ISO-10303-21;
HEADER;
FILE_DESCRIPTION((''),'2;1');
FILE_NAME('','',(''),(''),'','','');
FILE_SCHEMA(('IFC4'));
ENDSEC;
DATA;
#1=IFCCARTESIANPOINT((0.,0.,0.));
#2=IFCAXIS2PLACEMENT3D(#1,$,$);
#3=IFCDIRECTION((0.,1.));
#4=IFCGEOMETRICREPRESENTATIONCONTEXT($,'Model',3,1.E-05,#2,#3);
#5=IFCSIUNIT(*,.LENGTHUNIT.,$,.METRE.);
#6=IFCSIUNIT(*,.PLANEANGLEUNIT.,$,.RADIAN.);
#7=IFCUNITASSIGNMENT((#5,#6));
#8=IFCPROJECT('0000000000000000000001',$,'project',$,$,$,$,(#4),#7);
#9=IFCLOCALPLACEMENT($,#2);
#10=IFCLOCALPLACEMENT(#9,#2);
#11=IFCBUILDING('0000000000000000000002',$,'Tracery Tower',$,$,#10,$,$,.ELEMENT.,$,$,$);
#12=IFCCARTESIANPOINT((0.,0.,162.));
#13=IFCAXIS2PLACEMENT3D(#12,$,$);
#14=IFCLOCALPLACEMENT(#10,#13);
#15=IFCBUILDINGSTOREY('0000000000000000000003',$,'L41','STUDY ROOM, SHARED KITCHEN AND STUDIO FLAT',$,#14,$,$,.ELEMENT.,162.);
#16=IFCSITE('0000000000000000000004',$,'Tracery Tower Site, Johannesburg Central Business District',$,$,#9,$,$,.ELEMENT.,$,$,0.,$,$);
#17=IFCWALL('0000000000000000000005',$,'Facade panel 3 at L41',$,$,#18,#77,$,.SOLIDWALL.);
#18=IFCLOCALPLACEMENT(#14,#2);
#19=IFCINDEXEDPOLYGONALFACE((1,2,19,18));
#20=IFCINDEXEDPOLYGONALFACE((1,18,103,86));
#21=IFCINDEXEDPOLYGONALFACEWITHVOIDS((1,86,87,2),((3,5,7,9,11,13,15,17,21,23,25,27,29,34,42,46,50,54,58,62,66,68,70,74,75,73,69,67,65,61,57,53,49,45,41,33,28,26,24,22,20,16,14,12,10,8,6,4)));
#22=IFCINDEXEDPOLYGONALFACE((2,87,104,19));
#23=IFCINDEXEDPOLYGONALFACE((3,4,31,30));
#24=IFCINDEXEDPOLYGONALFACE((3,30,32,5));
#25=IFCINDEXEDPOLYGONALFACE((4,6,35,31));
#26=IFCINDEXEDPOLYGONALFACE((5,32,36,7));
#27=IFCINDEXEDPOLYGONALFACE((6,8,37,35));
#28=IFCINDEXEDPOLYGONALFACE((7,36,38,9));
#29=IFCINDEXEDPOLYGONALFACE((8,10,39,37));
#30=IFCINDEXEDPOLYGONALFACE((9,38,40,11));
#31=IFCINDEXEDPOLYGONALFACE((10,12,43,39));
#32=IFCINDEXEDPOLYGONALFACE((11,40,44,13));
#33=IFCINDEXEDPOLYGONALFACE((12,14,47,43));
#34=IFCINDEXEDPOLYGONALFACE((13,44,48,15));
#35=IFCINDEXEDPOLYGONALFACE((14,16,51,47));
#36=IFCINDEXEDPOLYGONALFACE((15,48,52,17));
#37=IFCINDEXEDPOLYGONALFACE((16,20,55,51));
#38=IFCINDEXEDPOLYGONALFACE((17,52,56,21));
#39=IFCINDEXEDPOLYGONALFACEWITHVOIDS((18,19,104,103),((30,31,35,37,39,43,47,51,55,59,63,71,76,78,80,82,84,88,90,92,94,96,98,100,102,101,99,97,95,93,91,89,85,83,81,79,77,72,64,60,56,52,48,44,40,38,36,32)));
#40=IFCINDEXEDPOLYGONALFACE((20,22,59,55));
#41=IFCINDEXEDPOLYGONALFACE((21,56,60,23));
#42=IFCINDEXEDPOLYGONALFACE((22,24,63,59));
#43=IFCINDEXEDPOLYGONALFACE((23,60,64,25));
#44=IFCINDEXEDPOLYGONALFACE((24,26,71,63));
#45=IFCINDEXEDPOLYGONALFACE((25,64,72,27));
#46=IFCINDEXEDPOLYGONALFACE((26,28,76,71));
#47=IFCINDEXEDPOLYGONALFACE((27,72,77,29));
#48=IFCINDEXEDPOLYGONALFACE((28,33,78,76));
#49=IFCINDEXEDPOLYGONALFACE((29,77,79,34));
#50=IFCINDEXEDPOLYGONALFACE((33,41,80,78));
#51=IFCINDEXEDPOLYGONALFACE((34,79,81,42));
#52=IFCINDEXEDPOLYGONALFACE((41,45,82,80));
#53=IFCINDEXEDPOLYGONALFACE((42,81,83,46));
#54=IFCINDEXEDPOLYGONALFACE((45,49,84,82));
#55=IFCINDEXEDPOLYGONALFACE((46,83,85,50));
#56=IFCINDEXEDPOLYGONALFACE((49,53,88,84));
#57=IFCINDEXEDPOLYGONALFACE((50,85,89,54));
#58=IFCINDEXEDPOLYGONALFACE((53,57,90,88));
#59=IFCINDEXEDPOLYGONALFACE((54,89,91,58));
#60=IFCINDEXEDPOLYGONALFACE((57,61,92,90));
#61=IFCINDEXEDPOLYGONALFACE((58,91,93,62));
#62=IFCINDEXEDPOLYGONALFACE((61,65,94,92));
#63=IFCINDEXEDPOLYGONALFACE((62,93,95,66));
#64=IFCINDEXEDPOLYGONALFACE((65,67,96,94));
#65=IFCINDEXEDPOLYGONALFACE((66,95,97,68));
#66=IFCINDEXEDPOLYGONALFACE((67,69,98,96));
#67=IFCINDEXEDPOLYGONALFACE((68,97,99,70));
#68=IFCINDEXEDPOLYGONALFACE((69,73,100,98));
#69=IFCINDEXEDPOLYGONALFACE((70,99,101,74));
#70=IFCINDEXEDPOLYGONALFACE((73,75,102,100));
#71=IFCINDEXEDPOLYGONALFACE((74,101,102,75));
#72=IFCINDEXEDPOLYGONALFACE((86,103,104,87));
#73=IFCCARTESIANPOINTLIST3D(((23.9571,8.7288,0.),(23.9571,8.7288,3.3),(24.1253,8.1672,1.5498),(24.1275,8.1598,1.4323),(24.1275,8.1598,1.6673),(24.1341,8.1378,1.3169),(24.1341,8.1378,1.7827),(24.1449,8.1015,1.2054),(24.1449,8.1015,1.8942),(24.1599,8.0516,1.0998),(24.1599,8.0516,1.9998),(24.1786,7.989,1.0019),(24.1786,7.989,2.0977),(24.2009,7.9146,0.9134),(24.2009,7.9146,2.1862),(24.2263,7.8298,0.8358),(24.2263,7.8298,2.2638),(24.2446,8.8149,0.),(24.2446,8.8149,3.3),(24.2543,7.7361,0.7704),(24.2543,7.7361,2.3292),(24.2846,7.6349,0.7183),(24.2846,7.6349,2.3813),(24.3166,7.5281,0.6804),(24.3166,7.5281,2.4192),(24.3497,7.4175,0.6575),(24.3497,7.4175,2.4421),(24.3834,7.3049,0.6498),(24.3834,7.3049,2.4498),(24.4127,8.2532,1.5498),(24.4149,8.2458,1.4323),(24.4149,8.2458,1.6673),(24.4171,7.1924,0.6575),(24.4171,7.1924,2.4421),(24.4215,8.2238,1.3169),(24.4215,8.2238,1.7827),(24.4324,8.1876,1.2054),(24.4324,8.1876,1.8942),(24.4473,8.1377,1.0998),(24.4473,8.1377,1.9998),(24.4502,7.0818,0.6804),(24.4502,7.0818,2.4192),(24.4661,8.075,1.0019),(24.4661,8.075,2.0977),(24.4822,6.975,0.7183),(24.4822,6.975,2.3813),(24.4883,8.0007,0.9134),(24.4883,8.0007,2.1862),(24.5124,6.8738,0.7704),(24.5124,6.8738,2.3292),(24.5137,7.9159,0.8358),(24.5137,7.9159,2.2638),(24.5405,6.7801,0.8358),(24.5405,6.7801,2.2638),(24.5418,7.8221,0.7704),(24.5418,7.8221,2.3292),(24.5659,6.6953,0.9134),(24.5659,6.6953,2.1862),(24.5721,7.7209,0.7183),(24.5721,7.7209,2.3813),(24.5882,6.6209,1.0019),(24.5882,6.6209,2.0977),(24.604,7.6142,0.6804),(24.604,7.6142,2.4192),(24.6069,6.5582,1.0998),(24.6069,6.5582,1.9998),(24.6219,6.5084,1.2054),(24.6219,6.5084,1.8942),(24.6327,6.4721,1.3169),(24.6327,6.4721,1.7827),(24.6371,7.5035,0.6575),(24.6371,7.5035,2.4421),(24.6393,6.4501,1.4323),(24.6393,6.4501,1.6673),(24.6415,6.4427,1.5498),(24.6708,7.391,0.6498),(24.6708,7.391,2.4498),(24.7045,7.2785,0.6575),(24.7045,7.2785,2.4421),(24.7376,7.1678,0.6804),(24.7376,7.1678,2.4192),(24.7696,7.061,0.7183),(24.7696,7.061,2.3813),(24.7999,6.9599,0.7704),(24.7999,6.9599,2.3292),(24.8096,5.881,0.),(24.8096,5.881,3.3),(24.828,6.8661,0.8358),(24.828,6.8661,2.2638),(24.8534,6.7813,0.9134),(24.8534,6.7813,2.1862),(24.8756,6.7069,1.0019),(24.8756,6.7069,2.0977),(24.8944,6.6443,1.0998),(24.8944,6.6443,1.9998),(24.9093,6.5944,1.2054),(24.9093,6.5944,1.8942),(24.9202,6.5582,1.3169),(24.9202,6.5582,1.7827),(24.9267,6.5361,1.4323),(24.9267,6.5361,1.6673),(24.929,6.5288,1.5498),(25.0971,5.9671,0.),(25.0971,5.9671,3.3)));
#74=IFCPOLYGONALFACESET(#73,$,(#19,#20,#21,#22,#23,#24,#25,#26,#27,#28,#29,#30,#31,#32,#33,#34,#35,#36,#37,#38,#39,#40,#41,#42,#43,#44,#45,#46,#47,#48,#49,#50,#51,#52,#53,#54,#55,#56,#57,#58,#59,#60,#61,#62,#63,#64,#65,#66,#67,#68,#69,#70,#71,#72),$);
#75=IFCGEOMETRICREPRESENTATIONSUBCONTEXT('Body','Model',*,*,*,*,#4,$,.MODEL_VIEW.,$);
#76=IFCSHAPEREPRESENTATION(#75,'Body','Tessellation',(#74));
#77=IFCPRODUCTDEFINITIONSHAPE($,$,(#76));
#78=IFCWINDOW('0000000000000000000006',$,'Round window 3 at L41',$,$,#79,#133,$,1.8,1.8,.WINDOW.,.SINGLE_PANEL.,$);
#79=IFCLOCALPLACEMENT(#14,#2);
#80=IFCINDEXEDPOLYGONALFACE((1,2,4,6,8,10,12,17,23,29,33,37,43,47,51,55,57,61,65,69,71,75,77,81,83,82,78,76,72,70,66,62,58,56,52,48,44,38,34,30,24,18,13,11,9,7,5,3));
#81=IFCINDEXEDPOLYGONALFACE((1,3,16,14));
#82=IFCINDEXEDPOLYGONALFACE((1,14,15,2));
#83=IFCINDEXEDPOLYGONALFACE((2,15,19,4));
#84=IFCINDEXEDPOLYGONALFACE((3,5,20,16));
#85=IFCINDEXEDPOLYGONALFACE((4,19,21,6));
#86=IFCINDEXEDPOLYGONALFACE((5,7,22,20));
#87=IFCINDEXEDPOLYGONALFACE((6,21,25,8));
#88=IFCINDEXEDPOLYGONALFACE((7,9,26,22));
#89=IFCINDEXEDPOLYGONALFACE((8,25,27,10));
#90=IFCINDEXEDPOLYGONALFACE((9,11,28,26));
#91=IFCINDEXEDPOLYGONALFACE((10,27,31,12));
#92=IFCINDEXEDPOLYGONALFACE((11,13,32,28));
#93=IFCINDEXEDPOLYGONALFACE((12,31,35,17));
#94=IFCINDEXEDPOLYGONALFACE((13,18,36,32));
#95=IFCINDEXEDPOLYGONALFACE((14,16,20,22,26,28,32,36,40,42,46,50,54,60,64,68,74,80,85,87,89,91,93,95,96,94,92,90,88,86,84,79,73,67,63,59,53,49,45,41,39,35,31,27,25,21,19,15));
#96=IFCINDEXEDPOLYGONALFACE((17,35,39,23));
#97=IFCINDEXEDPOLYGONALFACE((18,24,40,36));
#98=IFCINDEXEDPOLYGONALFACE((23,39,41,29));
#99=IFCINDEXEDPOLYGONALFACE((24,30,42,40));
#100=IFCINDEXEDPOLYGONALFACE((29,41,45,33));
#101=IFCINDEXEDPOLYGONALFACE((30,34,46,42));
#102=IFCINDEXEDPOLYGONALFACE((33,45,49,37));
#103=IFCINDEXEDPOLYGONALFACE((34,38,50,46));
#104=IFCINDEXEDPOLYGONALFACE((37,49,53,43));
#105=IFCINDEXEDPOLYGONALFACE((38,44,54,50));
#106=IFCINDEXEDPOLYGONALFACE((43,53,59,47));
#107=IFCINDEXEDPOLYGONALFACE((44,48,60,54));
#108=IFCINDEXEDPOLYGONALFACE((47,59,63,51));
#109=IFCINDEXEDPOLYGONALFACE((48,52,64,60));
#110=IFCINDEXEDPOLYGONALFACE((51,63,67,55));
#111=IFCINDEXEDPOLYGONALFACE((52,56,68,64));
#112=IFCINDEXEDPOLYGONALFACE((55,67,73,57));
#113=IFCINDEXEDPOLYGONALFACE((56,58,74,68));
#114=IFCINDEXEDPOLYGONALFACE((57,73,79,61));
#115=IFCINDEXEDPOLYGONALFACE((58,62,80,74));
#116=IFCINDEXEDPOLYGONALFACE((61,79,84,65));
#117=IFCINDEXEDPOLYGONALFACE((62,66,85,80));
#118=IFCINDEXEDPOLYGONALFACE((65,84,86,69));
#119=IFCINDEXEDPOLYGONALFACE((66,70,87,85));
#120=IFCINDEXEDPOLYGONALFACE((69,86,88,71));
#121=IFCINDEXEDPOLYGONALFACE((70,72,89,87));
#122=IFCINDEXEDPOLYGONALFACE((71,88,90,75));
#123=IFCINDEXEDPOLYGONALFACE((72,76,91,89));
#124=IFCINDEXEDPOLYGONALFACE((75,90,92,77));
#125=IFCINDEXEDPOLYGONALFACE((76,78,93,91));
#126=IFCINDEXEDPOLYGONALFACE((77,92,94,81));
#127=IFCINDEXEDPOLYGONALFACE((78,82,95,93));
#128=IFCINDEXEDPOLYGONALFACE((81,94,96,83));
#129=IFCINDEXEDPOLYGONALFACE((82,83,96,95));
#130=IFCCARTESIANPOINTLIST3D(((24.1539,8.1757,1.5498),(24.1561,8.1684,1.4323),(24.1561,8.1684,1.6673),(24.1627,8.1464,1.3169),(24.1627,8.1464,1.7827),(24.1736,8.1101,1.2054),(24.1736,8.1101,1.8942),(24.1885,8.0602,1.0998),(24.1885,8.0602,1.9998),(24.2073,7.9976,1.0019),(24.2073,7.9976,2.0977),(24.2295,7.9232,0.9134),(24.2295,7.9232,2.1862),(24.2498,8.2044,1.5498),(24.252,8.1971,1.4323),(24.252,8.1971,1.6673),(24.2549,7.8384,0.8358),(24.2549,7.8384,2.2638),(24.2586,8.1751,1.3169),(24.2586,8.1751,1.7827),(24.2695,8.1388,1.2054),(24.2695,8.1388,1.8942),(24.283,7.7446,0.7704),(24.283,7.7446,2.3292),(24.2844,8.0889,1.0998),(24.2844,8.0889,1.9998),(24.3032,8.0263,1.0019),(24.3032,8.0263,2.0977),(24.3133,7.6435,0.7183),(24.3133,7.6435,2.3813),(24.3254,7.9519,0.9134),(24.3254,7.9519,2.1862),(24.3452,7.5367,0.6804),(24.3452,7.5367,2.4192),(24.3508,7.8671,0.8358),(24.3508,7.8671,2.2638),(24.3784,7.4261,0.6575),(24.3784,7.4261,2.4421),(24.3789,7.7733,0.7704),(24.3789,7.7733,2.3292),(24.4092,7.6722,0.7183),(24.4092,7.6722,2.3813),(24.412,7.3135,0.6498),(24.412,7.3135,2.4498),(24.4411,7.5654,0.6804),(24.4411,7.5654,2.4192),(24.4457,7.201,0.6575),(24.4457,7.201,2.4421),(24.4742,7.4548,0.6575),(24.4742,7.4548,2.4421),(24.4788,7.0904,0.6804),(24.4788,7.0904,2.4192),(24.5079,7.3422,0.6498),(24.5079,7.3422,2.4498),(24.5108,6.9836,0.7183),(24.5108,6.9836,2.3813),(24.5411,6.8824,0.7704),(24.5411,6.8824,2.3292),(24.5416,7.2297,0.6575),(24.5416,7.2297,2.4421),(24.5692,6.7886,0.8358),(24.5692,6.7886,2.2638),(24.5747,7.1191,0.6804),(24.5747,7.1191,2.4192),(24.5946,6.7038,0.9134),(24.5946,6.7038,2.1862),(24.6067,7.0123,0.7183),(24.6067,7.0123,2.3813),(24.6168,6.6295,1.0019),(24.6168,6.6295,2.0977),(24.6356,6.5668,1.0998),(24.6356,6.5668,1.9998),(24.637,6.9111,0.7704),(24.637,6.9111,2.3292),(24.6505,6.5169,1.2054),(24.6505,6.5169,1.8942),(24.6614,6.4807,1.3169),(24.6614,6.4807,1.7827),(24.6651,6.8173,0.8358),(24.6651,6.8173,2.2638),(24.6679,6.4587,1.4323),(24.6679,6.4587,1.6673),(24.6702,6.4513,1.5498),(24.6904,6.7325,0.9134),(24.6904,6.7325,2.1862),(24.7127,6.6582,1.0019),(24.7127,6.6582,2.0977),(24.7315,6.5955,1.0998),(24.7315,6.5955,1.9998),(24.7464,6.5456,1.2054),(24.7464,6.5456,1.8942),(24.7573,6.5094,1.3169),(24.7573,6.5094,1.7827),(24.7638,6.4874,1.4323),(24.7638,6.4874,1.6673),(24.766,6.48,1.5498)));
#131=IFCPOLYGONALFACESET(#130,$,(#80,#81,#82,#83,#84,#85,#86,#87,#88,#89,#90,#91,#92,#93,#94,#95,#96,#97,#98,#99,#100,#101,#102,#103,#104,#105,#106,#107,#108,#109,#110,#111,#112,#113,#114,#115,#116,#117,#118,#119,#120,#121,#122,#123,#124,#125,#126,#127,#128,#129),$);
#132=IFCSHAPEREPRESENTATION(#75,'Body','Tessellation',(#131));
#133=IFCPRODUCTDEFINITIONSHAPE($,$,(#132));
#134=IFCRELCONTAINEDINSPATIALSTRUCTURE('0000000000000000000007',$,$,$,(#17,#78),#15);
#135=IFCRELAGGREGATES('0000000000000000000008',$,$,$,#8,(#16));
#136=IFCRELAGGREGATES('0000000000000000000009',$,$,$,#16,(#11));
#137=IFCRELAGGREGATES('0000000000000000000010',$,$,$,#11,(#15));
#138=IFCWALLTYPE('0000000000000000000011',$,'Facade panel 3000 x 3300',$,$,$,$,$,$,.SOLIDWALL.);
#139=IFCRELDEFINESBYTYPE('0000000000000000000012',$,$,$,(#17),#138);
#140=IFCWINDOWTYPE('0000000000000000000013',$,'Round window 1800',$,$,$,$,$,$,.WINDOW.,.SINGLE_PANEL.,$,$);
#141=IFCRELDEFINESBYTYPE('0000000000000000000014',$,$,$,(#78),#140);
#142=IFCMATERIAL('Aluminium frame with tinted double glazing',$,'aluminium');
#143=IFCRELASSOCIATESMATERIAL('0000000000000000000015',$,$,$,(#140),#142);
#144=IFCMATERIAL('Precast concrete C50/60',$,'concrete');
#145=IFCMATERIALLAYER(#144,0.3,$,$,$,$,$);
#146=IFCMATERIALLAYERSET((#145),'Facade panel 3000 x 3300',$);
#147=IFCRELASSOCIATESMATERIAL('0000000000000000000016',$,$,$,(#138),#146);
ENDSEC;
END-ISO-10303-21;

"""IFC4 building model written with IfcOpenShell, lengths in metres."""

from ifc_helpers import new_model, si_unit, direction, frame, frame_2d, origin, origin_2d, place, context, subcontext, project, spatial, rectangle, circle, extrude, material, layer, layer_set, type_object, element, fill, save


model = new_model("IFC4")

# Units and contexts
model_context = context("Model", 3, precision=1e-05, world=origin(), true_north=direction((0.0, 1.0)))
body_context = subcontext(model_context, "Body", "Model", "MODEL_VIEW")
ifc_project = project(units=[si_unit("LENGTHUNIT", "METRE"), si_unit("PLANEANGLEUNIT", "RADIAN")], contexts=[model_context])

# Site, building, storey
site_placement = place(None, origin())
site = spatial("IfcSite", under=ifc_project, at=site_placement, Name="Tracery Tower Site, Johannesburg Central Business District", CompositionType="ELEMENT", RefElevation=0.0)
building_placement = place(site_placement, origin())
building = spatial("IfcBuilding", under=site, at=building_placement, Name="Tracery Tower", CompositionType="ELEMENT")
storey_placement = place(building_placement, frame((0.0, 0.0, 162.0)))
storey = spatial("IfcBuildingStorey", under=building, at=storey_placement, Name="L41", Description="STUDY ROOM, SHARED KITCHEN AND STUDIO FLAT", CompositionType="ELEMENT", Elevation=162.0)

# Wall, opening, window
ifc_material_1 = material(Name="Aluminium frame with tinted double glazing", Category="aluminium")
window_type = type_object("IfcWindowType", Name="Round window 1800", PartitioningType="SINGLE_PANEL", PredefinedType="WINDOW", material=ifc_material_1)
ifc_material_2 = material(Name="Precast concrete C50/60", Category="concrete")
ifc_layer_1 = layer(ifc_material_2, 0.3)
ifc_layer_set_1 = layer_set([ifc_layer_1], Name="Facade panel 3000 x 3300")
wall_type_1 = type_object("IfcWallType", Name="Facade panel 3000 x 3300", PredefinedType="SOLIDWALL", material=ifc_layer_set_1)
wall_1_placement = place(storey_placement, frame((24.9534, 5.9241, 0.0), z_axis=(0.0, 0.0, 1.0), x_axis=(-0.286783, 0.957996, 0.0)))
wall_1 = element("IfcWall", 1, at=wall_1_placement, inside=storey, type_object=wall_type_1, Name="Facade panel 3 at L41", PredefinedType="SOLIDWALL", context=body_context, shape_type="SweptSolid", body=[
    extrude(rectangle(XDim=2.9727, YDim=0.3, at=frame_2d((1.4863, 0.0))), origin(), (0.0, 0.0, 1.0), 3.3),
])
opening_1_placement = place(wall_1_placement, frame((1.4863, 0.0, 1.5498)))
opening_1 = element("IfcOpeningElement", 2, at=opening_1_placement, cuts=wall_1, PredefinedType="OPENING", context=body_context, shape_type="SweptSolid", body=[
    extrude(circle(Radius=0.9, at=origin_2d()), frame((0.0, 0.1599, 0.0), z_axis=(0.0, -1.0, 0.0), x_axis=(1.0, 0.0, 0.0)), (0.0, 0.0, 1.0), 0.3201),
])
window_1_placement = place(opening_1_placement, origin())
window_1 = element("IfcWindow", 3, at=window_1_placement, inside=storey, type_object=window_type, Name="Round window 3 at L41", OverallHeight=1.8, OverallWidth=1.8, PartitioningType="SINGLE_PANEL", PredefinedType="WINDOW", context=body_context, shape_type="SweptSolid", body=[
    extrude(circle(Radius=0.9, at=origin_2d()), frame((0.0, 0.1201, 0.0), z_axis=(0.0, -1.0, 0.0), x_axis=(1.0, 0.0, 0.0)), (0.0, 0.0, 1.0), 0.1001),
])
fill(opening_1, window_1)

save(model, "model.ifc")
